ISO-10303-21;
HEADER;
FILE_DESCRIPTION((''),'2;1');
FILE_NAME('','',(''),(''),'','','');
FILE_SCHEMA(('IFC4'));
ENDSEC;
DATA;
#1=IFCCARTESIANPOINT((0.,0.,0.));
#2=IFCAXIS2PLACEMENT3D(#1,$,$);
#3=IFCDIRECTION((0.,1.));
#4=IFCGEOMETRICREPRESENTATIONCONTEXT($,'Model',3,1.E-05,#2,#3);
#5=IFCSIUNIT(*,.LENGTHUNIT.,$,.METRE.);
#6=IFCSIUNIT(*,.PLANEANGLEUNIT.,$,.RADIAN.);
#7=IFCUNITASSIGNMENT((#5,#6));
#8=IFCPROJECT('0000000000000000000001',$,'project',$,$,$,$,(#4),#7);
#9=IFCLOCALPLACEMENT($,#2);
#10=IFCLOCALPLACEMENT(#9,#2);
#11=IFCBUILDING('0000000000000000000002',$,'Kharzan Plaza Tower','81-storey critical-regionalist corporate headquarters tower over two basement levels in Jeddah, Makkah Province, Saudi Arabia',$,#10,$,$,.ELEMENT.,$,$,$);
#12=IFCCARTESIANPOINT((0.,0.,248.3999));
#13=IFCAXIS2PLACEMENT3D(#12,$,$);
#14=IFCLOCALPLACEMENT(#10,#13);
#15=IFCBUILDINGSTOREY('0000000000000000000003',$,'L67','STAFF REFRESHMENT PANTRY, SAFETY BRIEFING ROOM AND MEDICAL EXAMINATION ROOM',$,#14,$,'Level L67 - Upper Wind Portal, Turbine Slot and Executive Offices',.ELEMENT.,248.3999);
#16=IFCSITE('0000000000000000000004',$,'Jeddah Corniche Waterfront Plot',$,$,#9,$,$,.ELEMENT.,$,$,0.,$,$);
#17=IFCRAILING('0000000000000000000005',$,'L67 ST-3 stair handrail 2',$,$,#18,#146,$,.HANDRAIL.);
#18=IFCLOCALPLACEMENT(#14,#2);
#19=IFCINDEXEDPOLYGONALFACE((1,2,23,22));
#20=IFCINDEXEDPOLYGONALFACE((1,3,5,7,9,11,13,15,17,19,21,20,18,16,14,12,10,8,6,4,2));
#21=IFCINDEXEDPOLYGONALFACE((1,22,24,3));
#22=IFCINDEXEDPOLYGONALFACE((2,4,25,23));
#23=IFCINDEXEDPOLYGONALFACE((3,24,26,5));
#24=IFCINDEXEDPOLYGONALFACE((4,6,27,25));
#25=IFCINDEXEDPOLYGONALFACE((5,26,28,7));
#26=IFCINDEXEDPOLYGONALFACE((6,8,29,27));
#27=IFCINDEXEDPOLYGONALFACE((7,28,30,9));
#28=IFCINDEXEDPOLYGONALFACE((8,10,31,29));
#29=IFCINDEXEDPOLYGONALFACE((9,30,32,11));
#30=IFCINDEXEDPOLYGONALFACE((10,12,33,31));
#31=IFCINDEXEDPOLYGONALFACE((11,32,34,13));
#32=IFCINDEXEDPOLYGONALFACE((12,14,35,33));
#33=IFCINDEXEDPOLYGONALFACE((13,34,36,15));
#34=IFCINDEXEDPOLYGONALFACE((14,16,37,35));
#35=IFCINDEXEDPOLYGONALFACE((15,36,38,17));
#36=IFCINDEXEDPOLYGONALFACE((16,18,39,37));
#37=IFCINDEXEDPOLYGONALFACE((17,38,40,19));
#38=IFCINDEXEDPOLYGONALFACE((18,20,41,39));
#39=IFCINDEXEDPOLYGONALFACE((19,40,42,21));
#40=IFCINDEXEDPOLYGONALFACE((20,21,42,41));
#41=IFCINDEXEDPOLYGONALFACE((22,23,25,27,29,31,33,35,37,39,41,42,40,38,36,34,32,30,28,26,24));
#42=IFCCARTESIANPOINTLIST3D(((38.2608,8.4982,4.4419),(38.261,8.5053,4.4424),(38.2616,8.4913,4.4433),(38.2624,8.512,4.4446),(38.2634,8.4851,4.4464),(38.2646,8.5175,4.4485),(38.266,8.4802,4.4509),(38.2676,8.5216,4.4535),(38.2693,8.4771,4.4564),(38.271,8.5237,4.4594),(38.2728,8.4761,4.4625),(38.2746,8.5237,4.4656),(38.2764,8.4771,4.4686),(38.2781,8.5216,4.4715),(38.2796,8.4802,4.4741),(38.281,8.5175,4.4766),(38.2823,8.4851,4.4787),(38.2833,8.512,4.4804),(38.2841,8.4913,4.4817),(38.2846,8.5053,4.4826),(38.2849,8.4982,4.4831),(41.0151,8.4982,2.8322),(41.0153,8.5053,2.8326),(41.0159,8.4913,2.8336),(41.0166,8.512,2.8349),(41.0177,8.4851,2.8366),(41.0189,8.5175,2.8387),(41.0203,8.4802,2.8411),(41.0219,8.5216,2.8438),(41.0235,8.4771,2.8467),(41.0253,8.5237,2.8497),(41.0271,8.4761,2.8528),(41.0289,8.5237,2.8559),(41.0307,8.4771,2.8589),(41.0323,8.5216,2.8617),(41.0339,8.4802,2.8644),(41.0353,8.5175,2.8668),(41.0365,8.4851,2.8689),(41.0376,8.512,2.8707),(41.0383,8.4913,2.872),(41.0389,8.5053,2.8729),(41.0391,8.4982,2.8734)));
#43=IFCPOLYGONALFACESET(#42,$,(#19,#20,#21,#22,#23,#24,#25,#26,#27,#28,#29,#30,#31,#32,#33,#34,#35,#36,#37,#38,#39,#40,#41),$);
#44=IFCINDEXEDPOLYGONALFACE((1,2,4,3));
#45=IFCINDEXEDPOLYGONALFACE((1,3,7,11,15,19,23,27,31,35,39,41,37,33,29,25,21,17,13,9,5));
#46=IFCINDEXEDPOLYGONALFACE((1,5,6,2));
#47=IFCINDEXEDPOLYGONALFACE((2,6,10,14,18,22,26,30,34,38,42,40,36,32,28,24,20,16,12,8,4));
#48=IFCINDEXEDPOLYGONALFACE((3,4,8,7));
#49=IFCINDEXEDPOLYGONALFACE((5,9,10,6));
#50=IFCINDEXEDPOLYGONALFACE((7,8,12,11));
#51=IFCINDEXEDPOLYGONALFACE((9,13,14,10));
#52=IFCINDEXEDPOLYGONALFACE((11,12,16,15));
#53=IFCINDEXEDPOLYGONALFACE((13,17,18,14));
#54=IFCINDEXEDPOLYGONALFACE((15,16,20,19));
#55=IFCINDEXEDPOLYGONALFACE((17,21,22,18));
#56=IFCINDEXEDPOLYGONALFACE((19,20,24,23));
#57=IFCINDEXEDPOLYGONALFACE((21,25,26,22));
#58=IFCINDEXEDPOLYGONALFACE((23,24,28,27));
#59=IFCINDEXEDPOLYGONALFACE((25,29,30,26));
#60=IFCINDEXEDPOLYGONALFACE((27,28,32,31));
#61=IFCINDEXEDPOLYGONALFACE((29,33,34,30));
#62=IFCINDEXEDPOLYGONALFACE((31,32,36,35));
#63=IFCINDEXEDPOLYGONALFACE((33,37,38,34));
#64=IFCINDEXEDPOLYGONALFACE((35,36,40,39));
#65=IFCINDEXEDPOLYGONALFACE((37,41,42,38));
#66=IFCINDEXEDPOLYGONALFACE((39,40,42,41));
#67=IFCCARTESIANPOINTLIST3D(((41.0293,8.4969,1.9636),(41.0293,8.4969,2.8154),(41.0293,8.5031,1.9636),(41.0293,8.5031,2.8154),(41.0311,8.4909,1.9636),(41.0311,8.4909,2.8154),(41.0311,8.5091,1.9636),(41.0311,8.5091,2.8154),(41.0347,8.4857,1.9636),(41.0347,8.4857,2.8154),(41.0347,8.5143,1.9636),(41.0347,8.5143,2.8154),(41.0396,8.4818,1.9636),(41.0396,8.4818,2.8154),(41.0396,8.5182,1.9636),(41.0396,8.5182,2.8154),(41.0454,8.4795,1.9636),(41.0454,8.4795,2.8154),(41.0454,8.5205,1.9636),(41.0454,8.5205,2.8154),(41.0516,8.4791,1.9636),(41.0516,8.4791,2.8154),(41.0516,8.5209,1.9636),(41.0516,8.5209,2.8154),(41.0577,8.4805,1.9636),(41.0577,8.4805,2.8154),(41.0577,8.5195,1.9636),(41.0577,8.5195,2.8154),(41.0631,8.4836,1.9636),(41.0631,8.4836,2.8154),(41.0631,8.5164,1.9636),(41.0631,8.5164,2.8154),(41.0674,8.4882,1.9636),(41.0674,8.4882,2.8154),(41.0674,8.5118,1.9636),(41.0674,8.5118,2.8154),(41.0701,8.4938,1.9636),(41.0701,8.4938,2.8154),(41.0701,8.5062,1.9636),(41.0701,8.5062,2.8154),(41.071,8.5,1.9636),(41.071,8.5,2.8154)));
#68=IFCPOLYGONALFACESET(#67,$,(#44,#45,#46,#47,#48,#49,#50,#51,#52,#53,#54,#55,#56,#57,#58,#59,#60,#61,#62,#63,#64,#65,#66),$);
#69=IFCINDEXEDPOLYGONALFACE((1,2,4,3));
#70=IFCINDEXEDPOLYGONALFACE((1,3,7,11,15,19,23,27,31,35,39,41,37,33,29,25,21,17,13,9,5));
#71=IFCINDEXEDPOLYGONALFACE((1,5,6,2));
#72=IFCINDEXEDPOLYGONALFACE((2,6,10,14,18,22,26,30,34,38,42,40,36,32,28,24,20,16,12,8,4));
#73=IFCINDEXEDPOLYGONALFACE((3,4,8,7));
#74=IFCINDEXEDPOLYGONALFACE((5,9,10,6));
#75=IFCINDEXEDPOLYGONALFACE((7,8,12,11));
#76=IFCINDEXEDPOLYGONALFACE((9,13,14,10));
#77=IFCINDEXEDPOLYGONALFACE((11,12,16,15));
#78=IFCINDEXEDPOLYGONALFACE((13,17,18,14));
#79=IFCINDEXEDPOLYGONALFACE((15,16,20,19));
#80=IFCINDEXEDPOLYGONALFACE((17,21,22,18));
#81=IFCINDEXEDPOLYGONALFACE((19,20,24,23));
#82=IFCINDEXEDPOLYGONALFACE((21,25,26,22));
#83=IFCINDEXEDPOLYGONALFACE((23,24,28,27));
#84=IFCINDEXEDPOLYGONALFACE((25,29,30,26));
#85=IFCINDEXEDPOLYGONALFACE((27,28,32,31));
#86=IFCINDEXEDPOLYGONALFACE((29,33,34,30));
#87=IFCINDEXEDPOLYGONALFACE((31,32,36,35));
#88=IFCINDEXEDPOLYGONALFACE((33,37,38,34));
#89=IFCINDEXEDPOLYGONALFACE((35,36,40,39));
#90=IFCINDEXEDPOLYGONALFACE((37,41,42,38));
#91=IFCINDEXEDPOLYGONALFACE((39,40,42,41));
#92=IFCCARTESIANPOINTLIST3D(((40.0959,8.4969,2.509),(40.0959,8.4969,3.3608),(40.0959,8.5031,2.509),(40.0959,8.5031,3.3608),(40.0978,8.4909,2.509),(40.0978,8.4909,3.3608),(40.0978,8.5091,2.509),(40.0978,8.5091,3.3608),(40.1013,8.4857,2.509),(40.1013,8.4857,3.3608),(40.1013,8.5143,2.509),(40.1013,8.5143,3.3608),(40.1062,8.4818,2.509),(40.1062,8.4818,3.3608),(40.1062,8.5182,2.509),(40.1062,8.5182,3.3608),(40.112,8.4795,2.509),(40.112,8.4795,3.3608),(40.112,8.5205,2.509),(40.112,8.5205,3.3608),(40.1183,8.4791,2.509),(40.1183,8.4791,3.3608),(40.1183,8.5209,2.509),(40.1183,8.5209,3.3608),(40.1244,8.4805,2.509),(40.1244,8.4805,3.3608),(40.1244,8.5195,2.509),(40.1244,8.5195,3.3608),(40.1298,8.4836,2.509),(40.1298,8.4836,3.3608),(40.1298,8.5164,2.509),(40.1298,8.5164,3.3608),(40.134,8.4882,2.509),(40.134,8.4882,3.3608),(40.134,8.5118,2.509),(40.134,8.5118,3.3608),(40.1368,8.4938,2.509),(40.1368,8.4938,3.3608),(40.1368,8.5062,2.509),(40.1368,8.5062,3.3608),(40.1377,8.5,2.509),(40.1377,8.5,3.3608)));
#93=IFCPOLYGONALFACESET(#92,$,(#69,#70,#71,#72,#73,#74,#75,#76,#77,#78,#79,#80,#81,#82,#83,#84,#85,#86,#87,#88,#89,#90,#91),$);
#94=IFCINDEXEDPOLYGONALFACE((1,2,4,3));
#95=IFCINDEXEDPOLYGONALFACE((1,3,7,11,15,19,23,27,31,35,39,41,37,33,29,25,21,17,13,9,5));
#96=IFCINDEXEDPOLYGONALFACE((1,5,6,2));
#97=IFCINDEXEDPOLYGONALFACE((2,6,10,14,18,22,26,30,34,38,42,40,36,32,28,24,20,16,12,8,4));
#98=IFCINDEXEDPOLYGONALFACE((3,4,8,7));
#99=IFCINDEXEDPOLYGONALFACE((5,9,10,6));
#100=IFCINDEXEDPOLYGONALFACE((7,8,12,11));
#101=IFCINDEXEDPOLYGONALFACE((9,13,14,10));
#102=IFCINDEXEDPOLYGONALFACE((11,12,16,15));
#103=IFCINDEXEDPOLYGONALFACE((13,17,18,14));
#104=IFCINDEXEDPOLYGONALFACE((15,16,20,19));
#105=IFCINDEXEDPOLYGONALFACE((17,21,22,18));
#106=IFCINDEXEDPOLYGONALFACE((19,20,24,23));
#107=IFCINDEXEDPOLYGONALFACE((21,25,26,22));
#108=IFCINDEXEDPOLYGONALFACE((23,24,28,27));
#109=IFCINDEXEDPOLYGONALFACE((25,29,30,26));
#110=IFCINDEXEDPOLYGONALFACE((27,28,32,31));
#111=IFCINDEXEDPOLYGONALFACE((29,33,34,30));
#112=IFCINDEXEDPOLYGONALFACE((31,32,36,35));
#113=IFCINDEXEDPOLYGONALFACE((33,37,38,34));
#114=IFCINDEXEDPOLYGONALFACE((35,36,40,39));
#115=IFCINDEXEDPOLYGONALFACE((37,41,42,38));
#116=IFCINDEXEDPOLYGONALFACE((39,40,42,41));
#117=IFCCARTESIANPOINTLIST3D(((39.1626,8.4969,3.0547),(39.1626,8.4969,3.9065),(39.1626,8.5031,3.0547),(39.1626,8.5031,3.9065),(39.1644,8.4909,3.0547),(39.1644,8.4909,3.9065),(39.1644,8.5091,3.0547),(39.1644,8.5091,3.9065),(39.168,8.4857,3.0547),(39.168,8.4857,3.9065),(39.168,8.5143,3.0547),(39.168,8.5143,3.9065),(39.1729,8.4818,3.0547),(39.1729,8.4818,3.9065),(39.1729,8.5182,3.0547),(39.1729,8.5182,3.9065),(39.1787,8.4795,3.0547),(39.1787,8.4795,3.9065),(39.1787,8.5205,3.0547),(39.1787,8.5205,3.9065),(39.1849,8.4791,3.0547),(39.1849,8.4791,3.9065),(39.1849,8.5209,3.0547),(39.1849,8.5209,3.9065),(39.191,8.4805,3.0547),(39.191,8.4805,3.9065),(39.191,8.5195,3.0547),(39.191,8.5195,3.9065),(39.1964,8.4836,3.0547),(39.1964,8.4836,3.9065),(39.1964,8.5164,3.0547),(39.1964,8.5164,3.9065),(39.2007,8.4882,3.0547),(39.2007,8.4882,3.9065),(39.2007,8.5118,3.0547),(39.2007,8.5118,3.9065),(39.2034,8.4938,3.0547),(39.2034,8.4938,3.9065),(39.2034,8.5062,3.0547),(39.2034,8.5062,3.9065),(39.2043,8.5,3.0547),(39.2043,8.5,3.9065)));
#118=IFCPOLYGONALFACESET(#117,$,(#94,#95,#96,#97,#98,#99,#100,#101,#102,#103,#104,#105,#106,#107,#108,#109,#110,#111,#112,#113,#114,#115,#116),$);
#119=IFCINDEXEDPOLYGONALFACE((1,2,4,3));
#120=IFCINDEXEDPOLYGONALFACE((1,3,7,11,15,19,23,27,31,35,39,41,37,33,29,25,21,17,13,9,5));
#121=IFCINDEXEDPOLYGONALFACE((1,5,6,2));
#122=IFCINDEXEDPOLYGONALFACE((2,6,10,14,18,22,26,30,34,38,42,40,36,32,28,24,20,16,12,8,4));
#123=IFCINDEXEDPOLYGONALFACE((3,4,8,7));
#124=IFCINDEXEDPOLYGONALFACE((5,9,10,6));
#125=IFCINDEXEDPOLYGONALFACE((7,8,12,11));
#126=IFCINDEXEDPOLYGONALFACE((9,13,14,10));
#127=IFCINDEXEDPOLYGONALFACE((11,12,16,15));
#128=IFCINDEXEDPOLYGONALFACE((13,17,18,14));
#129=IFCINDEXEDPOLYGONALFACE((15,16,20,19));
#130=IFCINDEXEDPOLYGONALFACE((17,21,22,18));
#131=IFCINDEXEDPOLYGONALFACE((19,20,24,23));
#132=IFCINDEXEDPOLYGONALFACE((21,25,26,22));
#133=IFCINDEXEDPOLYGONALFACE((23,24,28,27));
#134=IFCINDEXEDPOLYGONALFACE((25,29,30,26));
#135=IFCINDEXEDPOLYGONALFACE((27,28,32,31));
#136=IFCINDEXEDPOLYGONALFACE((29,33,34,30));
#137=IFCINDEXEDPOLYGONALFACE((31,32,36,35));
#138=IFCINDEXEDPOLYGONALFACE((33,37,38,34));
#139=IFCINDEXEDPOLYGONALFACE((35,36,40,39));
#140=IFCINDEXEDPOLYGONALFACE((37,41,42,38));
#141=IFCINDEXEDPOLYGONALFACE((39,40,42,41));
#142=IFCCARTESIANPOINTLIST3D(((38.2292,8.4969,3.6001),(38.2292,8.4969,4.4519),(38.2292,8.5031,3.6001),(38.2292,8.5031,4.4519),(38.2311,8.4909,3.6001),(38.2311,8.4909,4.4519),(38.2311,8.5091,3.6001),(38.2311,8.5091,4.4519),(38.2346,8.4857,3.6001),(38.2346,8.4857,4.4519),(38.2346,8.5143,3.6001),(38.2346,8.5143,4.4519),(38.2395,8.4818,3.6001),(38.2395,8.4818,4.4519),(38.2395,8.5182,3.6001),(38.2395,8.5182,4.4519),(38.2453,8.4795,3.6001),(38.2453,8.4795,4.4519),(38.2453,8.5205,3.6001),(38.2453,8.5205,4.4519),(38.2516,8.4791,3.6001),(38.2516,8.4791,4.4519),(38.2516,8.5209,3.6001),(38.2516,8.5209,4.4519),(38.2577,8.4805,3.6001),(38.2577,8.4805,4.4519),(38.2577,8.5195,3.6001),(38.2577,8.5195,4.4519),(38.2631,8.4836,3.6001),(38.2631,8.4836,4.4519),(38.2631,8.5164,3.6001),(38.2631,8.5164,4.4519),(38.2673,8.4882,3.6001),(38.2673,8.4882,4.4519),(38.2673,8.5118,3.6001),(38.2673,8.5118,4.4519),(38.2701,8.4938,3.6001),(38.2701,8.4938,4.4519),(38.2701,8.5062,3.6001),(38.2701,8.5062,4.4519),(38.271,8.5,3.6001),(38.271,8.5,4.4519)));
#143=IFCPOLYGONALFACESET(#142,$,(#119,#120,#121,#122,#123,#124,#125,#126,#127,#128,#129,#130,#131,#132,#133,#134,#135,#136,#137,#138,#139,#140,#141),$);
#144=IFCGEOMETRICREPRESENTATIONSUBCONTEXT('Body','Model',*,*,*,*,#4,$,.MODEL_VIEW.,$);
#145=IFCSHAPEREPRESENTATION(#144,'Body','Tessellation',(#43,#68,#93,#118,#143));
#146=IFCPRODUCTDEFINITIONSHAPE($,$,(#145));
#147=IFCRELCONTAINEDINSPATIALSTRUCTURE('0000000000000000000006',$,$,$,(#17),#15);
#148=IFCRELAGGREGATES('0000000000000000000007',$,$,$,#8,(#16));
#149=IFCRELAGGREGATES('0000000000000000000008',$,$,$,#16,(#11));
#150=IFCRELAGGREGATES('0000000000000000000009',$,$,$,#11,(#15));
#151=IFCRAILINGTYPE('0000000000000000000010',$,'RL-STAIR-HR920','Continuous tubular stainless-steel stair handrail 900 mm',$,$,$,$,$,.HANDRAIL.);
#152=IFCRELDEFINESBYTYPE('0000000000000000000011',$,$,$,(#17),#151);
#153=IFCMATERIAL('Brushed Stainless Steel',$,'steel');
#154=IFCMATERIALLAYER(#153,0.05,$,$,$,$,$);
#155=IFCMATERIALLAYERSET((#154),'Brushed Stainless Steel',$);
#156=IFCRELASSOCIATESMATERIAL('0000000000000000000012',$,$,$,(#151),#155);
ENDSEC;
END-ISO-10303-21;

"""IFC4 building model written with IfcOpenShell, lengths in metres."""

from ifc_helpers import new_model, si_unit, direction, frame, origin, origin_2d, place, context, subcontext, project, spatial, circle, extrude, source, transform, mapped, material, layer, layer_set, type_object, element, save


model = new_model("IFC4")

# Units and contexts
model_context = context("Model", 3, precision=1e-05, world=origin(), true_north=direction((0.0, 1.0)))
body_context = subcontext(model_context, "Body", "Model", "MODEL_VIEW")
ifc_project = project(units=[si_unit("LENGTHUNIT", "METRE"), si_unit("PLANEANGLEUNIT", "RADIAN")], contexts=[model_context])

# Site, building, storey
site_placement = place(None, origin())
site = spatial("IfcSite", under=ifc_project, at=site_placement, Name="Jeddah Corniche Waterfront Plot", CompositionType="ELEMENT", RefElevation=0.0)
building_placement = place(site_placement, origin())
building = spatial("IfcBuilding", under=site, at=building_placement, Name="Kharzan Plaza Tower", Description="81-storey critical-regionalist corporate headquarters tower over two basement levels in Jeddah, Makkah Province, Saudi Arabia", CompositionType="ELEMENT")
storey_placement = place(building_placement, frame((0.0, 0.0, 248.3999)))
storey = spatial("IfcBuildingStorey", under=building, at=storey_placement, Name="L67", Description="STAFF REFRESHMENT PANTRY, SAFETY BRIEFING ROOM AND MEDICAL EXAMINATION ROOM", LongName="Level L67 - Upper Wind Portal, Turbine Slot and Executive Offices", CompositionType="ELEMENT", Elevation=248.3999)

# Shared definitions
ifc_material_1 = material(Name="Brushed Stainless Steel", Category="steel")

# Railing
ifc_layer_1 = layer(ifc_material_1, 0.05)
ifc_layer_set_1 = layer_set([ifc_layer_1], Name="Brushed Stainless Steel")
railing_type_1 = type_object("IfcRailingType", Name="RL-STAIR-HR920", Description="Continuous tubular stainless-steel stair handrail 900 mm", PredefinedType="HANDRAIL", material=ifc_layer_set_1)
shared_shape_1 = source(origin(), body_context, "Body", "SweptSolid", [
    extrude(circle(Radius=0.0239, at=origin_2d()), frame((-0.0229, 0.0, 0.8892), z_axis=(-0.863361, 0.0, 0.504587), x_axis=(0.0, -1.0, 0.0)), (0.0, 0.0, 1.0), 3.1902),
    extrude(circle(Radius=0.021, at=origin_2d()), origin(), (0.0, 0.0, 1.0), 0.8518),
    extrude(circle(Radius=0.021, at=origin_2d()), frame((-0.9333, 0.0, 0.5454)), (0.0, 0.0, 1.0), 0.8518),
    extrude(circle(Radius=0.021, at=origin_2d()), frame((-1.8667, 0.0, 1.0911)), (0.0, 0.0, 1.0), 0.8518),
    extrude(circle(Radius=0.021, at=origin_2d()), frame((-2.8, 0.0, 1.6365)), (0.0, 0.0, 1.0), 0.8518),
])
railing_1_placement = place(storey_placement, frame((41.05, 8.5, 1.9636)))
element("IfcRailing", 1, at=railing_1_placement, inside=storey, type_object=railing_type_1, Name="L67 ST-3 stair handrail 2", PredefinedType="HANDRAIL", context=body_context, shape_type="MappedRepresentation", body=[
    mapped(shared_shape_1, transform((0.0, 0.0, 0.0), x_axis=(1.0, 0.0, 0.0), y_axis=(0.0, 1.0, 0.0), z_axis=(0.0, 0.0, 1.0))),
])

save(model, "model.ifc")
